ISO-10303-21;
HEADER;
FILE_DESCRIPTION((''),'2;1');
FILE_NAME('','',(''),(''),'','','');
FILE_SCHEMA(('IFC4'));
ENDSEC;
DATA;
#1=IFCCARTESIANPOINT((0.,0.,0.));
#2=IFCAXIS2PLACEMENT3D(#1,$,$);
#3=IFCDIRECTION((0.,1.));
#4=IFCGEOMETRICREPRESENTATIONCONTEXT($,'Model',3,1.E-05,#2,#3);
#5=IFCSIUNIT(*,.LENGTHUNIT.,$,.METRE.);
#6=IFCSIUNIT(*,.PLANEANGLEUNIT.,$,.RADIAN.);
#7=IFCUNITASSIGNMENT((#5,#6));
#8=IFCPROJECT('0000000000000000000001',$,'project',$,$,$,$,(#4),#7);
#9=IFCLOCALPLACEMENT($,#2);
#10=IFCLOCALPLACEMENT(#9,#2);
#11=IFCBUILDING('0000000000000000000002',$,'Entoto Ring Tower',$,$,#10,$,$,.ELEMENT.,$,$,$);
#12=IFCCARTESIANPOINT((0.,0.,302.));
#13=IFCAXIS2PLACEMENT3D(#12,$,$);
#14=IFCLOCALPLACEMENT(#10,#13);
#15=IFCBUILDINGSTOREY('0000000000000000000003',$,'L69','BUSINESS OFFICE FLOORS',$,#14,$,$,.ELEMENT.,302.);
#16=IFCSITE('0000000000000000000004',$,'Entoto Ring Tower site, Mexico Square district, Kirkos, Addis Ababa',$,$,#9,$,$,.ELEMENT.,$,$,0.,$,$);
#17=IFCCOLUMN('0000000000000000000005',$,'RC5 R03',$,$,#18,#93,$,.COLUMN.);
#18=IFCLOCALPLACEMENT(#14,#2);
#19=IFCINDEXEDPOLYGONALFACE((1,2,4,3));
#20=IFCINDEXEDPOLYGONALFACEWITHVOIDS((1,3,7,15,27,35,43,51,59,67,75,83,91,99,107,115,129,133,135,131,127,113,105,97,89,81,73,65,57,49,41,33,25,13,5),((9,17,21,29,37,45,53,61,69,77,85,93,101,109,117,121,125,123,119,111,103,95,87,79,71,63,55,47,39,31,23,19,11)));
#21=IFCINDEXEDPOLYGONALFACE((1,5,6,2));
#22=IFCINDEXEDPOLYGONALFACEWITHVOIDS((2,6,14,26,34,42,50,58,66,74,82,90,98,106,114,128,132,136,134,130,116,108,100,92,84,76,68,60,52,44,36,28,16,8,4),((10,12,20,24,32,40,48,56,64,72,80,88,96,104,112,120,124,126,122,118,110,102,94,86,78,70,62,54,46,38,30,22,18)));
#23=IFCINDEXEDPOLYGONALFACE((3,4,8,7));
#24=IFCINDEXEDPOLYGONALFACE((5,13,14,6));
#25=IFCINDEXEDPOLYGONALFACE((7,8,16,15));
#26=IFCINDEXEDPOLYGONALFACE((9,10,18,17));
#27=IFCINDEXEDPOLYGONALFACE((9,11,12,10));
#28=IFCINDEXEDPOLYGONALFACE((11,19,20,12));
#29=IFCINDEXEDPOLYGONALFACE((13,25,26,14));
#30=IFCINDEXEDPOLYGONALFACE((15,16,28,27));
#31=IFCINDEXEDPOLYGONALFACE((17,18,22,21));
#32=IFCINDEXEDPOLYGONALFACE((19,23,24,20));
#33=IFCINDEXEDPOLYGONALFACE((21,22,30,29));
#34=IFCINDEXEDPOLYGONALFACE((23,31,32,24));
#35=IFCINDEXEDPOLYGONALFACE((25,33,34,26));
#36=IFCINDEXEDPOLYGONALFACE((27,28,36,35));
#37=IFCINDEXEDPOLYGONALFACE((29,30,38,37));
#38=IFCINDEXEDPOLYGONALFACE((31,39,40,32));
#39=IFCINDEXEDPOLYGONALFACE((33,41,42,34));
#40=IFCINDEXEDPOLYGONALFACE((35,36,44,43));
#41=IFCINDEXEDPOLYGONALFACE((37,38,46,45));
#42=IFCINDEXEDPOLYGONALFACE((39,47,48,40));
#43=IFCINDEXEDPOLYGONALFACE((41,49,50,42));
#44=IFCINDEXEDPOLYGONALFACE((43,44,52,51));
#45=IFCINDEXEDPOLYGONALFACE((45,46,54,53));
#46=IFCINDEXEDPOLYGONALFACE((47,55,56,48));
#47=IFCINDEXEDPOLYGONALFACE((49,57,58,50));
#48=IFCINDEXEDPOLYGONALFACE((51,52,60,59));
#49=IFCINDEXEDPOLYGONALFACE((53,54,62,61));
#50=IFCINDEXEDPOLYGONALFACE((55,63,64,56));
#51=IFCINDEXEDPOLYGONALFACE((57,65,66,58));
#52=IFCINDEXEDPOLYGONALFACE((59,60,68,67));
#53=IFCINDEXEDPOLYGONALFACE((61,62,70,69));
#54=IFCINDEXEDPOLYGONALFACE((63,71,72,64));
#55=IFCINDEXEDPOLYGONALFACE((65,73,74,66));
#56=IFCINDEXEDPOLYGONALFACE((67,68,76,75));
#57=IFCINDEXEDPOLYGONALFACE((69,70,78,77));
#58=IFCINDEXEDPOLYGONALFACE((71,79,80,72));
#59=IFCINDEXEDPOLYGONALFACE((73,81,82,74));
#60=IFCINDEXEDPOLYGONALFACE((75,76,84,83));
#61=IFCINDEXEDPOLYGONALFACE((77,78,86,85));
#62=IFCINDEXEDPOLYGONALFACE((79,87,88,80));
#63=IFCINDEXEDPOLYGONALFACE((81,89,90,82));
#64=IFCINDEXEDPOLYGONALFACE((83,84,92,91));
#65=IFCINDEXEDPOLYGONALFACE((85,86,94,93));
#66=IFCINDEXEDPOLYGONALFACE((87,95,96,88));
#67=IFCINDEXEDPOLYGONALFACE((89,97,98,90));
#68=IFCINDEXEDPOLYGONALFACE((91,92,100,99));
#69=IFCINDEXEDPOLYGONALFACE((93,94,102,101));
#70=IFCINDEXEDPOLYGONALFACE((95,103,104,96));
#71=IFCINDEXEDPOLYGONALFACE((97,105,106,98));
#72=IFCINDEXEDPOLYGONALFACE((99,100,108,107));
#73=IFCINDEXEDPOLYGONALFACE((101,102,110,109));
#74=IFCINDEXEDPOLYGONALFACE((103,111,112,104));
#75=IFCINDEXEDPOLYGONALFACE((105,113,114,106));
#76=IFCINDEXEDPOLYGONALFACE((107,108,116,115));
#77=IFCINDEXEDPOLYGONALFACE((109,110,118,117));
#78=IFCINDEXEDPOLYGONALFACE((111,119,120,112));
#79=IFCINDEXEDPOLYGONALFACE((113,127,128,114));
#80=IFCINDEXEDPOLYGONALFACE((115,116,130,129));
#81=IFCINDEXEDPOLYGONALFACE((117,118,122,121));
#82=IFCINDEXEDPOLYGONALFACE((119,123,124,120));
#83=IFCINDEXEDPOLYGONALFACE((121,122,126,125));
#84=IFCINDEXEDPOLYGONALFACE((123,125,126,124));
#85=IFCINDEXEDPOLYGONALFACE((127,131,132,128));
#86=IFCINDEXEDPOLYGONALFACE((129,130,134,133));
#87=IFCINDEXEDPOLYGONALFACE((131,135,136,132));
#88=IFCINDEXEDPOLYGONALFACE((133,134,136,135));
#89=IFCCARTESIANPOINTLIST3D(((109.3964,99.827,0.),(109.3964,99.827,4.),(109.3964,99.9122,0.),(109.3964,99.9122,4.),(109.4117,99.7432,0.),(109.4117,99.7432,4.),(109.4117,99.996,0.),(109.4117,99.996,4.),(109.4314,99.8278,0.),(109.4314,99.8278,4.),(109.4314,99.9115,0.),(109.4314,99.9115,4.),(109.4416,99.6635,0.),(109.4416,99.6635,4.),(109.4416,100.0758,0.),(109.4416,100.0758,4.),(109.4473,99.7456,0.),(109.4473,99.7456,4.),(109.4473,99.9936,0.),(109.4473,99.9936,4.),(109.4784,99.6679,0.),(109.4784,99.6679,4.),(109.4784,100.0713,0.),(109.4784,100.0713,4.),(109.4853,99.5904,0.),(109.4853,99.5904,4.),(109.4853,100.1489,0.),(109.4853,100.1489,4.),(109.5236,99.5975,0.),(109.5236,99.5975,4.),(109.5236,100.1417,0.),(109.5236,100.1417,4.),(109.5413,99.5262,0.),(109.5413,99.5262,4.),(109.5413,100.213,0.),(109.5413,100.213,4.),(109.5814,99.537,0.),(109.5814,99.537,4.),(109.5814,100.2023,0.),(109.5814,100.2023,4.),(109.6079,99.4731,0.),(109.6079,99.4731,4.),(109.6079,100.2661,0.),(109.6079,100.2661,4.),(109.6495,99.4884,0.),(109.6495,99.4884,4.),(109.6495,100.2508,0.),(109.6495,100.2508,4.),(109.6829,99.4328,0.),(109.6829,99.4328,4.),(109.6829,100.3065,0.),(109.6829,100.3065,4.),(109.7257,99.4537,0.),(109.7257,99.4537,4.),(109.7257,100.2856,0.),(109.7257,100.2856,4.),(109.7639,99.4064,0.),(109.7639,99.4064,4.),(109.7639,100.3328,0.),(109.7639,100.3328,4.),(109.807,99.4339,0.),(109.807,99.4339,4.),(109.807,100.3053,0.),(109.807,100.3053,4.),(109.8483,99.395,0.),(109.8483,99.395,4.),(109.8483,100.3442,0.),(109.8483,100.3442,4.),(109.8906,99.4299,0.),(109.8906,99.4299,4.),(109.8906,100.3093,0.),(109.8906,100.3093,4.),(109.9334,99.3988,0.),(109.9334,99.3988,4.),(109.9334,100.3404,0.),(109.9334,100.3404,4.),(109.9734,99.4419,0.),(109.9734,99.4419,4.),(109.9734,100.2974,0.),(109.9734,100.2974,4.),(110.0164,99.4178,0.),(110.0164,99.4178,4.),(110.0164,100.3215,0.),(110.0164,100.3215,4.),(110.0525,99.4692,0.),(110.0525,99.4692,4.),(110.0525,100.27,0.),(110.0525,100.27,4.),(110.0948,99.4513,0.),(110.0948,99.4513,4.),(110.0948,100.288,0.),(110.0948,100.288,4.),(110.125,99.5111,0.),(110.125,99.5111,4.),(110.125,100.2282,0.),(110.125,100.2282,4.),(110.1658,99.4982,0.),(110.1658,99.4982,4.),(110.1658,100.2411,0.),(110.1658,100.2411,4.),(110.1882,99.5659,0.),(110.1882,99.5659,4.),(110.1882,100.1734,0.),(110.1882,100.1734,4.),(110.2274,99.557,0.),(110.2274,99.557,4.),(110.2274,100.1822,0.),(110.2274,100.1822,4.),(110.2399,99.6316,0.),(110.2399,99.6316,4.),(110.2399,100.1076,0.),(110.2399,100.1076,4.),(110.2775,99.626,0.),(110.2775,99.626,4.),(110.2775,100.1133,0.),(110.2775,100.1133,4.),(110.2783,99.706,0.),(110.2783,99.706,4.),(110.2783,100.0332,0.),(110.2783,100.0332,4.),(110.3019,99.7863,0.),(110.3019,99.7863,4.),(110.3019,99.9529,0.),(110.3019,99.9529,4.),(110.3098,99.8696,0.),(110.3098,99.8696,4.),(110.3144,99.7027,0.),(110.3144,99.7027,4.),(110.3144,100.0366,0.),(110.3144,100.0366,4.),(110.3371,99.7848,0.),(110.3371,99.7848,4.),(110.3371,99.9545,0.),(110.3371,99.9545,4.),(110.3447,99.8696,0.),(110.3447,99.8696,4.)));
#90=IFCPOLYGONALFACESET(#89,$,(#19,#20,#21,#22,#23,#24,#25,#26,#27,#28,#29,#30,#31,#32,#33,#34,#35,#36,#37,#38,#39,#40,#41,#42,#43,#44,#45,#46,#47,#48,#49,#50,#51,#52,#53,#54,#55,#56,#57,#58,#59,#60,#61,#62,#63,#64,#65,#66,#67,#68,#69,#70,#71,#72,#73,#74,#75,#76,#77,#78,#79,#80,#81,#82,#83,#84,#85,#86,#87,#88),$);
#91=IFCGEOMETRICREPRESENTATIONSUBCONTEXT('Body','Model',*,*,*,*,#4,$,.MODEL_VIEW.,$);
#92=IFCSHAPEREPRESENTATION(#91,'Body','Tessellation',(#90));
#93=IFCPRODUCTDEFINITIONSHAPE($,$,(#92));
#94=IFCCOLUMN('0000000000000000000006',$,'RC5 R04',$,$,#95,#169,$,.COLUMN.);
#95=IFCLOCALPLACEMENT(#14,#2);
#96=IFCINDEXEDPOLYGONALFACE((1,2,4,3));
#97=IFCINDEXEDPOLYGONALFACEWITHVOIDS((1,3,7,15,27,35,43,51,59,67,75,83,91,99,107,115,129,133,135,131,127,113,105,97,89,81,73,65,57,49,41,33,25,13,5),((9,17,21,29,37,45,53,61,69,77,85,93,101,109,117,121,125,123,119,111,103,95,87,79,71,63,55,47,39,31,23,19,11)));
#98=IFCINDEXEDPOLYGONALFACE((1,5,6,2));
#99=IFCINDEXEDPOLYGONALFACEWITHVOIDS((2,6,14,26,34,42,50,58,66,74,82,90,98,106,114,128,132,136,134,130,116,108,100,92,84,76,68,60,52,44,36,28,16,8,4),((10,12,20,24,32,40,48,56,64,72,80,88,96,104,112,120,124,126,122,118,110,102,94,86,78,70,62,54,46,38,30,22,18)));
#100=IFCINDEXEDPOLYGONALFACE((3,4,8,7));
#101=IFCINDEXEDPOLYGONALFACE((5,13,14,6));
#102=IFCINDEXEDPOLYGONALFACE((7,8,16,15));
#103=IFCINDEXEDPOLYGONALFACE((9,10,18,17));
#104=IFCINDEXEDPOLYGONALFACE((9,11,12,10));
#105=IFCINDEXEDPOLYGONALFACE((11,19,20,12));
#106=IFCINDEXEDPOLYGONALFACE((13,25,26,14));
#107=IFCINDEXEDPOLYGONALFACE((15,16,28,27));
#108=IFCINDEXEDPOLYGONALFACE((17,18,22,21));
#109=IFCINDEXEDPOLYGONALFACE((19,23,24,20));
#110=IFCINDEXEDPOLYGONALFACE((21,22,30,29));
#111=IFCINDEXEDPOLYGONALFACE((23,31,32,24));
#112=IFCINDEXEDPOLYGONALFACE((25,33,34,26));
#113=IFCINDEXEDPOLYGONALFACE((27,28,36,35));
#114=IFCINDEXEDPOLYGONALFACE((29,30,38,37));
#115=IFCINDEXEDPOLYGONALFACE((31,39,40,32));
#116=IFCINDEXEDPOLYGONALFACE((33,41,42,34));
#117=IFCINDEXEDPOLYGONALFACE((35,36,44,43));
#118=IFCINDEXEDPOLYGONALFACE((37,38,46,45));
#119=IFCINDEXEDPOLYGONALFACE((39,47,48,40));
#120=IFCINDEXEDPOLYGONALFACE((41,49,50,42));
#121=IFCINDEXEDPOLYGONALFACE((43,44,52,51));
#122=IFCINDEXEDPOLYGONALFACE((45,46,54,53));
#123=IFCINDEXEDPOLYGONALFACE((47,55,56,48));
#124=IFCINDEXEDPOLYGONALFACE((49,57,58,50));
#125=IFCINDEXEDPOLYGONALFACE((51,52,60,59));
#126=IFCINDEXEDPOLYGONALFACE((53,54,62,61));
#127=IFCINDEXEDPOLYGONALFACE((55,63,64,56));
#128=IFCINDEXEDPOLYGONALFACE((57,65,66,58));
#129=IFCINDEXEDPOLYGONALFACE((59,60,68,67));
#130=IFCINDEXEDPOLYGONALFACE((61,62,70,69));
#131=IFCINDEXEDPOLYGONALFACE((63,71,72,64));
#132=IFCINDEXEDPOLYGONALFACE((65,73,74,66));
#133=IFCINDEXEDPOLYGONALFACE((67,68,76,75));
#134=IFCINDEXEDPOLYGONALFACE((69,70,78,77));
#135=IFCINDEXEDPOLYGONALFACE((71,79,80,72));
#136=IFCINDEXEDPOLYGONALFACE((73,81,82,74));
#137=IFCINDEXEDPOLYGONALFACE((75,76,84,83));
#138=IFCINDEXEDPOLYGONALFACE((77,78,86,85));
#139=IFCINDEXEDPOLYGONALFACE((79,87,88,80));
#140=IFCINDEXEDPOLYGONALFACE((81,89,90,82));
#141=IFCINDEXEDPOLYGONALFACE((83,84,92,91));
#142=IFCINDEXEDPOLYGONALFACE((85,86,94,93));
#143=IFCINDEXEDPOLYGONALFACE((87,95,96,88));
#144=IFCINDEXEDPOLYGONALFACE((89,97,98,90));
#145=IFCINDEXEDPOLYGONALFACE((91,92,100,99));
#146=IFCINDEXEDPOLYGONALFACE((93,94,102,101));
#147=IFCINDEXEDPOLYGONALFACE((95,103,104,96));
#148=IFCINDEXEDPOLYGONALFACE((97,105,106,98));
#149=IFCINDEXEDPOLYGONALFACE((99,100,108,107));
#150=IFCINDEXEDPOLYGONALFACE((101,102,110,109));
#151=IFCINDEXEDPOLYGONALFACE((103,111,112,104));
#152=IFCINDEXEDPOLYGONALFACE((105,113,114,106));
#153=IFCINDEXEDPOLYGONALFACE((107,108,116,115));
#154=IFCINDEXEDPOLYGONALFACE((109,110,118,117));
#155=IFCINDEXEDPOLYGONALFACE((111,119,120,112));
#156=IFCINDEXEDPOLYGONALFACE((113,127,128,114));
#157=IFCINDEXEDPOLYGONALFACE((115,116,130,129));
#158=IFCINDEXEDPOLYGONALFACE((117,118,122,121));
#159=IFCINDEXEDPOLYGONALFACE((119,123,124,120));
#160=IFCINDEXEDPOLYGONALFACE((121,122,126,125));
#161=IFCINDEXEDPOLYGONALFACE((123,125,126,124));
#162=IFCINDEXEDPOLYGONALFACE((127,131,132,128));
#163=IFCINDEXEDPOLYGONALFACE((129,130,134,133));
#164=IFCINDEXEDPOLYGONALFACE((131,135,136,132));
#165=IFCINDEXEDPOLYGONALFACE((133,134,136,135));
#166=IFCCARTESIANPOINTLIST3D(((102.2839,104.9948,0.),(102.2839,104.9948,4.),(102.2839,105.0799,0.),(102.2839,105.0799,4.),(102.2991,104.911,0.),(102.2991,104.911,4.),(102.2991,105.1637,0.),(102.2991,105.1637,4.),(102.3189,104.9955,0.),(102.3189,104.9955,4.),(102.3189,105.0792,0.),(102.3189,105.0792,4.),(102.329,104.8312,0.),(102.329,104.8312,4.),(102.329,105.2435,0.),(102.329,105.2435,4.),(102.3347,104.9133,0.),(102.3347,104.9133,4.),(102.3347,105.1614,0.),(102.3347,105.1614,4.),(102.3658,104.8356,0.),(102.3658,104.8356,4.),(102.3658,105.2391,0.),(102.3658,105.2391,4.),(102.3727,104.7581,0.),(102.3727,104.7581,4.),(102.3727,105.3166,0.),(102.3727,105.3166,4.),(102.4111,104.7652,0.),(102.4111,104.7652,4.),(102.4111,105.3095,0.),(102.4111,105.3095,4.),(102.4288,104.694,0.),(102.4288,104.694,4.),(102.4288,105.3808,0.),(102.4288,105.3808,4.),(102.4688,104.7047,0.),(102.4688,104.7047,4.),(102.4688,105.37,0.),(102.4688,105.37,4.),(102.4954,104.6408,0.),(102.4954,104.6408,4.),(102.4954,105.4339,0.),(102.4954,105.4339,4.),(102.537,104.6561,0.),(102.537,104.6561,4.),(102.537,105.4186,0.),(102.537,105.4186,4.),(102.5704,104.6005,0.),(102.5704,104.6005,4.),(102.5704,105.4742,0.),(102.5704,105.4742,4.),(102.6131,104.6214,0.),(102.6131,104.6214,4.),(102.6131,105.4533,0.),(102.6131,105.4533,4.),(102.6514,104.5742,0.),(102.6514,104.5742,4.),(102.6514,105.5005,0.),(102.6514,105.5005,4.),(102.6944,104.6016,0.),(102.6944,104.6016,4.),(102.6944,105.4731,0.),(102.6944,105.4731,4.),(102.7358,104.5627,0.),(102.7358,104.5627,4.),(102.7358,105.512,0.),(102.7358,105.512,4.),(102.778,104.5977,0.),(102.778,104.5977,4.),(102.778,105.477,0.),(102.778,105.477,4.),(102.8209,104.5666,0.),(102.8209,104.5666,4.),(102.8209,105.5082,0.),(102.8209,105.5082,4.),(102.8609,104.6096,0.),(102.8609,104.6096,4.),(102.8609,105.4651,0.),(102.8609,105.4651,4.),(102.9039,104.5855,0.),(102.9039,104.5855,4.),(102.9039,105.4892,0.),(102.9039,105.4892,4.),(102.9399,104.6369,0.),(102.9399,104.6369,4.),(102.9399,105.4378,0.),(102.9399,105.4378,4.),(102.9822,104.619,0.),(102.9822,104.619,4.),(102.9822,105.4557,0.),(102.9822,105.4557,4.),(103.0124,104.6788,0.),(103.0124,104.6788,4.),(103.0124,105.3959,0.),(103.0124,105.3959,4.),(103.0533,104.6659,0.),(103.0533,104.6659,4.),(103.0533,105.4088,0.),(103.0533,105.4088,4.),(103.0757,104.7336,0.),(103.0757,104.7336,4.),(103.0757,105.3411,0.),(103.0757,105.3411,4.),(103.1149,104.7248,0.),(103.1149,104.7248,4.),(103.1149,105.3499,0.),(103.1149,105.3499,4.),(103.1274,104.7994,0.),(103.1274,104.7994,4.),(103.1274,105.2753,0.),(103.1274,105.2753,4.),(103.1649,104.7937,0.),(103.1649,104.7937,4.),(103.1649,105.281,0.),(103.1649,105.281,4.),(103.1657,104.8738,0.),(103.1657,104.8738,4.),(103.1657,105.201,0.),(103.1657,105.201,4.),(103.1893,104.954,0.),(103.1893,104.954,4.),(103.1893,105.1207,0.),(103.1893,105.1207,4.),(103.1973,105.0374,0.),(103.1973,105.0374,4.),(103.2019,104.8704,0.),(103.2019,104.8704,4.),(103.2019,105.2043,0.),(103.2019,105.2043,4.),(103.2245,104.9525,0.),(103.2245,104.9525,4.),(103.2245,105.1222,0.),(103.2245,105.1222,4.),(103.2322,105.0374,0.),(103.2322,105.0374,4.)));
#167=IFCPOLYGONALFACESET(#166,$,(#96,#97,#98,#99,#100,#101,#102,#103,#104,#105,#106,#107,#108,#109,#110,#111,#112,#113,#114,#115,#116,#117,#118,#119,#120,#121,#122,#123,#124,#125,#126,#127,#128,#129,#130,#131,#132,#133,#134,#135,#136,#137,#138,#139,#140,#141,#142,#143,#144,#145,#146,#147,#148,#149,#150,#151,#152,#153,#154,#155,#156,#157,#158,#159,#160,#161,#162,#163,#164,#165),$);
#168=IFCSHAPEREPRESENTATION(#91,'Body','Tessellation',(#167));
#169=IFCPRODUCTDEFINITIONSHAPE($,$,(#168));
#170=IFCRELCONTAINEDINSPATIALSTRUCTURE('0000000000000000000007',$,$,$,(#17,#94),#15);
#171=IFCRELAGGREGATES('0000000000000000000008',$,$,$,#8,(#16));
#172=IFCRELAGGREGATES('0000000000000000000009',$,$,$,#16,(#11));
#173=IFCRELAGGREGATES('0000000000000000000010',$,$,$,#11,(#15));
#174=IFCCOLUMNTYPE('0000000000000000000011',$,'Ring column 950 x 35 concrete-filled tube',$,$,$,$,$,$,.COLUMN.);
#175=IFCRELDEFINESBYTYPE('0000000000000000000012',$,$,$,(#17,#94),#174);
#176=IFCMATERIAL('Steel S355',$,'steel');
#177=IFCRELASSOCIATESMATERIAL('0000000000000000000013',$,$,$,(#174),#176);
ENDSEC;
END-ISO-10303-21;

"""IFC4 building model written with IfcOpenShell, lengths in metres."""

from ifc_helpers import new_model, si_unit, direction, frame, origin, origin_2d, place, context, subcontext, project, spatial, circle, hollow_circle, extrude, material, material_profile, profile_set, type_object, element, save


model = new_model("IFC4")

# Units and contexts
model_context = context("Model", 3, precision=1e-05, world=origin(), true_north=direction((0.0, 1.0)))
body_context = subcontext(model_context, "Body", "Model", "MODEL_VIEW")
ifc_project = project(units=[si_unit("LENGTHUNIT", "METRE"), si_unit("PLANEANGLEUNIT", "RADIAN")], contexts=[model_context])

# Site, building, storey
site_placement = place(None, origin())
site = spatial("IfcSite", under=ifc_project, at=site_placement, Name="Entoto Ring Tower site, Mexico Square district, Kirkos, Addis Ababa", CompositionType="ELEMENT", RefElevation=0.0)
building_placement = place(site_placement, origin())
building = spatial("IfcBuilding", under=site, at=building_placement, Name="Entoto Ring Tower", CompositionType="ELEMENT")
storey_placement = place(building_placement, frame((0.0, 0.0, 302.0)))
storey = spatial("IfcBuildingStorey", under=building, at=storey_placement, Name="L69", Description="BUSINESS OFFICE FLOORS", CompositionType="ELEMENT", Elevation=302.0)

# Columns
ifc_material_1 = material(Name="Steel S355", Category="steel")
ifc_material_profile_1 = material_profile(ifc_material_1, hollow_circle(Radius=0.4751, WallThickness=0.0349, at=origin_2d()), Name="CHS 950 x 35")
ifc_material_2 = material(Name="Concrete C60/75", Category="concrete")
ifc_material_profile_2 = material_profile(ifc_material_2, circle(Radius=0.4399, at=origin_2d()), Name="Concrete C60/75 infill")
ifc_profile_set_1 = profile_set([ifc_material_profile_1, ifc_material_profile_2], Name="Steel S355")
column_type = type_object("IfcColumnType", Name="Ring column 950 x 35 concrete-filled tube", PredefinedType="COLUMN", material=ifc_profile_set_1)
for number, where, z_axis, x_axis, name in (
    (1, (109.8696, 99.8696, 0.0), (0.0, 0.0, 1.0), (1.0, 0.0, 0.0), "RC5 R03"),
    (2, (102.7571, 105.0374, 0.0), (0.0, 0.0, 1.0), (1.0, 0.0, 0.0), "RC5 R04"),
):
    element("IfcColumn", number, at=place(storey_placement, frame(where, z_axis=z_axis, x_axis=x_axis)), inside=storey, type_object=column_type, Name=name, PredefinedType="COLUMN", context=body_context, shape_type="SweptSolid", body=[
        extrude(hollow_circle(Radius=0.4751, WallThickness=0.0349, at=origin_2d()), origin(), (0.0, 0.0, 1.0), 4.0),
    ])

save(model, "model.ifc")
